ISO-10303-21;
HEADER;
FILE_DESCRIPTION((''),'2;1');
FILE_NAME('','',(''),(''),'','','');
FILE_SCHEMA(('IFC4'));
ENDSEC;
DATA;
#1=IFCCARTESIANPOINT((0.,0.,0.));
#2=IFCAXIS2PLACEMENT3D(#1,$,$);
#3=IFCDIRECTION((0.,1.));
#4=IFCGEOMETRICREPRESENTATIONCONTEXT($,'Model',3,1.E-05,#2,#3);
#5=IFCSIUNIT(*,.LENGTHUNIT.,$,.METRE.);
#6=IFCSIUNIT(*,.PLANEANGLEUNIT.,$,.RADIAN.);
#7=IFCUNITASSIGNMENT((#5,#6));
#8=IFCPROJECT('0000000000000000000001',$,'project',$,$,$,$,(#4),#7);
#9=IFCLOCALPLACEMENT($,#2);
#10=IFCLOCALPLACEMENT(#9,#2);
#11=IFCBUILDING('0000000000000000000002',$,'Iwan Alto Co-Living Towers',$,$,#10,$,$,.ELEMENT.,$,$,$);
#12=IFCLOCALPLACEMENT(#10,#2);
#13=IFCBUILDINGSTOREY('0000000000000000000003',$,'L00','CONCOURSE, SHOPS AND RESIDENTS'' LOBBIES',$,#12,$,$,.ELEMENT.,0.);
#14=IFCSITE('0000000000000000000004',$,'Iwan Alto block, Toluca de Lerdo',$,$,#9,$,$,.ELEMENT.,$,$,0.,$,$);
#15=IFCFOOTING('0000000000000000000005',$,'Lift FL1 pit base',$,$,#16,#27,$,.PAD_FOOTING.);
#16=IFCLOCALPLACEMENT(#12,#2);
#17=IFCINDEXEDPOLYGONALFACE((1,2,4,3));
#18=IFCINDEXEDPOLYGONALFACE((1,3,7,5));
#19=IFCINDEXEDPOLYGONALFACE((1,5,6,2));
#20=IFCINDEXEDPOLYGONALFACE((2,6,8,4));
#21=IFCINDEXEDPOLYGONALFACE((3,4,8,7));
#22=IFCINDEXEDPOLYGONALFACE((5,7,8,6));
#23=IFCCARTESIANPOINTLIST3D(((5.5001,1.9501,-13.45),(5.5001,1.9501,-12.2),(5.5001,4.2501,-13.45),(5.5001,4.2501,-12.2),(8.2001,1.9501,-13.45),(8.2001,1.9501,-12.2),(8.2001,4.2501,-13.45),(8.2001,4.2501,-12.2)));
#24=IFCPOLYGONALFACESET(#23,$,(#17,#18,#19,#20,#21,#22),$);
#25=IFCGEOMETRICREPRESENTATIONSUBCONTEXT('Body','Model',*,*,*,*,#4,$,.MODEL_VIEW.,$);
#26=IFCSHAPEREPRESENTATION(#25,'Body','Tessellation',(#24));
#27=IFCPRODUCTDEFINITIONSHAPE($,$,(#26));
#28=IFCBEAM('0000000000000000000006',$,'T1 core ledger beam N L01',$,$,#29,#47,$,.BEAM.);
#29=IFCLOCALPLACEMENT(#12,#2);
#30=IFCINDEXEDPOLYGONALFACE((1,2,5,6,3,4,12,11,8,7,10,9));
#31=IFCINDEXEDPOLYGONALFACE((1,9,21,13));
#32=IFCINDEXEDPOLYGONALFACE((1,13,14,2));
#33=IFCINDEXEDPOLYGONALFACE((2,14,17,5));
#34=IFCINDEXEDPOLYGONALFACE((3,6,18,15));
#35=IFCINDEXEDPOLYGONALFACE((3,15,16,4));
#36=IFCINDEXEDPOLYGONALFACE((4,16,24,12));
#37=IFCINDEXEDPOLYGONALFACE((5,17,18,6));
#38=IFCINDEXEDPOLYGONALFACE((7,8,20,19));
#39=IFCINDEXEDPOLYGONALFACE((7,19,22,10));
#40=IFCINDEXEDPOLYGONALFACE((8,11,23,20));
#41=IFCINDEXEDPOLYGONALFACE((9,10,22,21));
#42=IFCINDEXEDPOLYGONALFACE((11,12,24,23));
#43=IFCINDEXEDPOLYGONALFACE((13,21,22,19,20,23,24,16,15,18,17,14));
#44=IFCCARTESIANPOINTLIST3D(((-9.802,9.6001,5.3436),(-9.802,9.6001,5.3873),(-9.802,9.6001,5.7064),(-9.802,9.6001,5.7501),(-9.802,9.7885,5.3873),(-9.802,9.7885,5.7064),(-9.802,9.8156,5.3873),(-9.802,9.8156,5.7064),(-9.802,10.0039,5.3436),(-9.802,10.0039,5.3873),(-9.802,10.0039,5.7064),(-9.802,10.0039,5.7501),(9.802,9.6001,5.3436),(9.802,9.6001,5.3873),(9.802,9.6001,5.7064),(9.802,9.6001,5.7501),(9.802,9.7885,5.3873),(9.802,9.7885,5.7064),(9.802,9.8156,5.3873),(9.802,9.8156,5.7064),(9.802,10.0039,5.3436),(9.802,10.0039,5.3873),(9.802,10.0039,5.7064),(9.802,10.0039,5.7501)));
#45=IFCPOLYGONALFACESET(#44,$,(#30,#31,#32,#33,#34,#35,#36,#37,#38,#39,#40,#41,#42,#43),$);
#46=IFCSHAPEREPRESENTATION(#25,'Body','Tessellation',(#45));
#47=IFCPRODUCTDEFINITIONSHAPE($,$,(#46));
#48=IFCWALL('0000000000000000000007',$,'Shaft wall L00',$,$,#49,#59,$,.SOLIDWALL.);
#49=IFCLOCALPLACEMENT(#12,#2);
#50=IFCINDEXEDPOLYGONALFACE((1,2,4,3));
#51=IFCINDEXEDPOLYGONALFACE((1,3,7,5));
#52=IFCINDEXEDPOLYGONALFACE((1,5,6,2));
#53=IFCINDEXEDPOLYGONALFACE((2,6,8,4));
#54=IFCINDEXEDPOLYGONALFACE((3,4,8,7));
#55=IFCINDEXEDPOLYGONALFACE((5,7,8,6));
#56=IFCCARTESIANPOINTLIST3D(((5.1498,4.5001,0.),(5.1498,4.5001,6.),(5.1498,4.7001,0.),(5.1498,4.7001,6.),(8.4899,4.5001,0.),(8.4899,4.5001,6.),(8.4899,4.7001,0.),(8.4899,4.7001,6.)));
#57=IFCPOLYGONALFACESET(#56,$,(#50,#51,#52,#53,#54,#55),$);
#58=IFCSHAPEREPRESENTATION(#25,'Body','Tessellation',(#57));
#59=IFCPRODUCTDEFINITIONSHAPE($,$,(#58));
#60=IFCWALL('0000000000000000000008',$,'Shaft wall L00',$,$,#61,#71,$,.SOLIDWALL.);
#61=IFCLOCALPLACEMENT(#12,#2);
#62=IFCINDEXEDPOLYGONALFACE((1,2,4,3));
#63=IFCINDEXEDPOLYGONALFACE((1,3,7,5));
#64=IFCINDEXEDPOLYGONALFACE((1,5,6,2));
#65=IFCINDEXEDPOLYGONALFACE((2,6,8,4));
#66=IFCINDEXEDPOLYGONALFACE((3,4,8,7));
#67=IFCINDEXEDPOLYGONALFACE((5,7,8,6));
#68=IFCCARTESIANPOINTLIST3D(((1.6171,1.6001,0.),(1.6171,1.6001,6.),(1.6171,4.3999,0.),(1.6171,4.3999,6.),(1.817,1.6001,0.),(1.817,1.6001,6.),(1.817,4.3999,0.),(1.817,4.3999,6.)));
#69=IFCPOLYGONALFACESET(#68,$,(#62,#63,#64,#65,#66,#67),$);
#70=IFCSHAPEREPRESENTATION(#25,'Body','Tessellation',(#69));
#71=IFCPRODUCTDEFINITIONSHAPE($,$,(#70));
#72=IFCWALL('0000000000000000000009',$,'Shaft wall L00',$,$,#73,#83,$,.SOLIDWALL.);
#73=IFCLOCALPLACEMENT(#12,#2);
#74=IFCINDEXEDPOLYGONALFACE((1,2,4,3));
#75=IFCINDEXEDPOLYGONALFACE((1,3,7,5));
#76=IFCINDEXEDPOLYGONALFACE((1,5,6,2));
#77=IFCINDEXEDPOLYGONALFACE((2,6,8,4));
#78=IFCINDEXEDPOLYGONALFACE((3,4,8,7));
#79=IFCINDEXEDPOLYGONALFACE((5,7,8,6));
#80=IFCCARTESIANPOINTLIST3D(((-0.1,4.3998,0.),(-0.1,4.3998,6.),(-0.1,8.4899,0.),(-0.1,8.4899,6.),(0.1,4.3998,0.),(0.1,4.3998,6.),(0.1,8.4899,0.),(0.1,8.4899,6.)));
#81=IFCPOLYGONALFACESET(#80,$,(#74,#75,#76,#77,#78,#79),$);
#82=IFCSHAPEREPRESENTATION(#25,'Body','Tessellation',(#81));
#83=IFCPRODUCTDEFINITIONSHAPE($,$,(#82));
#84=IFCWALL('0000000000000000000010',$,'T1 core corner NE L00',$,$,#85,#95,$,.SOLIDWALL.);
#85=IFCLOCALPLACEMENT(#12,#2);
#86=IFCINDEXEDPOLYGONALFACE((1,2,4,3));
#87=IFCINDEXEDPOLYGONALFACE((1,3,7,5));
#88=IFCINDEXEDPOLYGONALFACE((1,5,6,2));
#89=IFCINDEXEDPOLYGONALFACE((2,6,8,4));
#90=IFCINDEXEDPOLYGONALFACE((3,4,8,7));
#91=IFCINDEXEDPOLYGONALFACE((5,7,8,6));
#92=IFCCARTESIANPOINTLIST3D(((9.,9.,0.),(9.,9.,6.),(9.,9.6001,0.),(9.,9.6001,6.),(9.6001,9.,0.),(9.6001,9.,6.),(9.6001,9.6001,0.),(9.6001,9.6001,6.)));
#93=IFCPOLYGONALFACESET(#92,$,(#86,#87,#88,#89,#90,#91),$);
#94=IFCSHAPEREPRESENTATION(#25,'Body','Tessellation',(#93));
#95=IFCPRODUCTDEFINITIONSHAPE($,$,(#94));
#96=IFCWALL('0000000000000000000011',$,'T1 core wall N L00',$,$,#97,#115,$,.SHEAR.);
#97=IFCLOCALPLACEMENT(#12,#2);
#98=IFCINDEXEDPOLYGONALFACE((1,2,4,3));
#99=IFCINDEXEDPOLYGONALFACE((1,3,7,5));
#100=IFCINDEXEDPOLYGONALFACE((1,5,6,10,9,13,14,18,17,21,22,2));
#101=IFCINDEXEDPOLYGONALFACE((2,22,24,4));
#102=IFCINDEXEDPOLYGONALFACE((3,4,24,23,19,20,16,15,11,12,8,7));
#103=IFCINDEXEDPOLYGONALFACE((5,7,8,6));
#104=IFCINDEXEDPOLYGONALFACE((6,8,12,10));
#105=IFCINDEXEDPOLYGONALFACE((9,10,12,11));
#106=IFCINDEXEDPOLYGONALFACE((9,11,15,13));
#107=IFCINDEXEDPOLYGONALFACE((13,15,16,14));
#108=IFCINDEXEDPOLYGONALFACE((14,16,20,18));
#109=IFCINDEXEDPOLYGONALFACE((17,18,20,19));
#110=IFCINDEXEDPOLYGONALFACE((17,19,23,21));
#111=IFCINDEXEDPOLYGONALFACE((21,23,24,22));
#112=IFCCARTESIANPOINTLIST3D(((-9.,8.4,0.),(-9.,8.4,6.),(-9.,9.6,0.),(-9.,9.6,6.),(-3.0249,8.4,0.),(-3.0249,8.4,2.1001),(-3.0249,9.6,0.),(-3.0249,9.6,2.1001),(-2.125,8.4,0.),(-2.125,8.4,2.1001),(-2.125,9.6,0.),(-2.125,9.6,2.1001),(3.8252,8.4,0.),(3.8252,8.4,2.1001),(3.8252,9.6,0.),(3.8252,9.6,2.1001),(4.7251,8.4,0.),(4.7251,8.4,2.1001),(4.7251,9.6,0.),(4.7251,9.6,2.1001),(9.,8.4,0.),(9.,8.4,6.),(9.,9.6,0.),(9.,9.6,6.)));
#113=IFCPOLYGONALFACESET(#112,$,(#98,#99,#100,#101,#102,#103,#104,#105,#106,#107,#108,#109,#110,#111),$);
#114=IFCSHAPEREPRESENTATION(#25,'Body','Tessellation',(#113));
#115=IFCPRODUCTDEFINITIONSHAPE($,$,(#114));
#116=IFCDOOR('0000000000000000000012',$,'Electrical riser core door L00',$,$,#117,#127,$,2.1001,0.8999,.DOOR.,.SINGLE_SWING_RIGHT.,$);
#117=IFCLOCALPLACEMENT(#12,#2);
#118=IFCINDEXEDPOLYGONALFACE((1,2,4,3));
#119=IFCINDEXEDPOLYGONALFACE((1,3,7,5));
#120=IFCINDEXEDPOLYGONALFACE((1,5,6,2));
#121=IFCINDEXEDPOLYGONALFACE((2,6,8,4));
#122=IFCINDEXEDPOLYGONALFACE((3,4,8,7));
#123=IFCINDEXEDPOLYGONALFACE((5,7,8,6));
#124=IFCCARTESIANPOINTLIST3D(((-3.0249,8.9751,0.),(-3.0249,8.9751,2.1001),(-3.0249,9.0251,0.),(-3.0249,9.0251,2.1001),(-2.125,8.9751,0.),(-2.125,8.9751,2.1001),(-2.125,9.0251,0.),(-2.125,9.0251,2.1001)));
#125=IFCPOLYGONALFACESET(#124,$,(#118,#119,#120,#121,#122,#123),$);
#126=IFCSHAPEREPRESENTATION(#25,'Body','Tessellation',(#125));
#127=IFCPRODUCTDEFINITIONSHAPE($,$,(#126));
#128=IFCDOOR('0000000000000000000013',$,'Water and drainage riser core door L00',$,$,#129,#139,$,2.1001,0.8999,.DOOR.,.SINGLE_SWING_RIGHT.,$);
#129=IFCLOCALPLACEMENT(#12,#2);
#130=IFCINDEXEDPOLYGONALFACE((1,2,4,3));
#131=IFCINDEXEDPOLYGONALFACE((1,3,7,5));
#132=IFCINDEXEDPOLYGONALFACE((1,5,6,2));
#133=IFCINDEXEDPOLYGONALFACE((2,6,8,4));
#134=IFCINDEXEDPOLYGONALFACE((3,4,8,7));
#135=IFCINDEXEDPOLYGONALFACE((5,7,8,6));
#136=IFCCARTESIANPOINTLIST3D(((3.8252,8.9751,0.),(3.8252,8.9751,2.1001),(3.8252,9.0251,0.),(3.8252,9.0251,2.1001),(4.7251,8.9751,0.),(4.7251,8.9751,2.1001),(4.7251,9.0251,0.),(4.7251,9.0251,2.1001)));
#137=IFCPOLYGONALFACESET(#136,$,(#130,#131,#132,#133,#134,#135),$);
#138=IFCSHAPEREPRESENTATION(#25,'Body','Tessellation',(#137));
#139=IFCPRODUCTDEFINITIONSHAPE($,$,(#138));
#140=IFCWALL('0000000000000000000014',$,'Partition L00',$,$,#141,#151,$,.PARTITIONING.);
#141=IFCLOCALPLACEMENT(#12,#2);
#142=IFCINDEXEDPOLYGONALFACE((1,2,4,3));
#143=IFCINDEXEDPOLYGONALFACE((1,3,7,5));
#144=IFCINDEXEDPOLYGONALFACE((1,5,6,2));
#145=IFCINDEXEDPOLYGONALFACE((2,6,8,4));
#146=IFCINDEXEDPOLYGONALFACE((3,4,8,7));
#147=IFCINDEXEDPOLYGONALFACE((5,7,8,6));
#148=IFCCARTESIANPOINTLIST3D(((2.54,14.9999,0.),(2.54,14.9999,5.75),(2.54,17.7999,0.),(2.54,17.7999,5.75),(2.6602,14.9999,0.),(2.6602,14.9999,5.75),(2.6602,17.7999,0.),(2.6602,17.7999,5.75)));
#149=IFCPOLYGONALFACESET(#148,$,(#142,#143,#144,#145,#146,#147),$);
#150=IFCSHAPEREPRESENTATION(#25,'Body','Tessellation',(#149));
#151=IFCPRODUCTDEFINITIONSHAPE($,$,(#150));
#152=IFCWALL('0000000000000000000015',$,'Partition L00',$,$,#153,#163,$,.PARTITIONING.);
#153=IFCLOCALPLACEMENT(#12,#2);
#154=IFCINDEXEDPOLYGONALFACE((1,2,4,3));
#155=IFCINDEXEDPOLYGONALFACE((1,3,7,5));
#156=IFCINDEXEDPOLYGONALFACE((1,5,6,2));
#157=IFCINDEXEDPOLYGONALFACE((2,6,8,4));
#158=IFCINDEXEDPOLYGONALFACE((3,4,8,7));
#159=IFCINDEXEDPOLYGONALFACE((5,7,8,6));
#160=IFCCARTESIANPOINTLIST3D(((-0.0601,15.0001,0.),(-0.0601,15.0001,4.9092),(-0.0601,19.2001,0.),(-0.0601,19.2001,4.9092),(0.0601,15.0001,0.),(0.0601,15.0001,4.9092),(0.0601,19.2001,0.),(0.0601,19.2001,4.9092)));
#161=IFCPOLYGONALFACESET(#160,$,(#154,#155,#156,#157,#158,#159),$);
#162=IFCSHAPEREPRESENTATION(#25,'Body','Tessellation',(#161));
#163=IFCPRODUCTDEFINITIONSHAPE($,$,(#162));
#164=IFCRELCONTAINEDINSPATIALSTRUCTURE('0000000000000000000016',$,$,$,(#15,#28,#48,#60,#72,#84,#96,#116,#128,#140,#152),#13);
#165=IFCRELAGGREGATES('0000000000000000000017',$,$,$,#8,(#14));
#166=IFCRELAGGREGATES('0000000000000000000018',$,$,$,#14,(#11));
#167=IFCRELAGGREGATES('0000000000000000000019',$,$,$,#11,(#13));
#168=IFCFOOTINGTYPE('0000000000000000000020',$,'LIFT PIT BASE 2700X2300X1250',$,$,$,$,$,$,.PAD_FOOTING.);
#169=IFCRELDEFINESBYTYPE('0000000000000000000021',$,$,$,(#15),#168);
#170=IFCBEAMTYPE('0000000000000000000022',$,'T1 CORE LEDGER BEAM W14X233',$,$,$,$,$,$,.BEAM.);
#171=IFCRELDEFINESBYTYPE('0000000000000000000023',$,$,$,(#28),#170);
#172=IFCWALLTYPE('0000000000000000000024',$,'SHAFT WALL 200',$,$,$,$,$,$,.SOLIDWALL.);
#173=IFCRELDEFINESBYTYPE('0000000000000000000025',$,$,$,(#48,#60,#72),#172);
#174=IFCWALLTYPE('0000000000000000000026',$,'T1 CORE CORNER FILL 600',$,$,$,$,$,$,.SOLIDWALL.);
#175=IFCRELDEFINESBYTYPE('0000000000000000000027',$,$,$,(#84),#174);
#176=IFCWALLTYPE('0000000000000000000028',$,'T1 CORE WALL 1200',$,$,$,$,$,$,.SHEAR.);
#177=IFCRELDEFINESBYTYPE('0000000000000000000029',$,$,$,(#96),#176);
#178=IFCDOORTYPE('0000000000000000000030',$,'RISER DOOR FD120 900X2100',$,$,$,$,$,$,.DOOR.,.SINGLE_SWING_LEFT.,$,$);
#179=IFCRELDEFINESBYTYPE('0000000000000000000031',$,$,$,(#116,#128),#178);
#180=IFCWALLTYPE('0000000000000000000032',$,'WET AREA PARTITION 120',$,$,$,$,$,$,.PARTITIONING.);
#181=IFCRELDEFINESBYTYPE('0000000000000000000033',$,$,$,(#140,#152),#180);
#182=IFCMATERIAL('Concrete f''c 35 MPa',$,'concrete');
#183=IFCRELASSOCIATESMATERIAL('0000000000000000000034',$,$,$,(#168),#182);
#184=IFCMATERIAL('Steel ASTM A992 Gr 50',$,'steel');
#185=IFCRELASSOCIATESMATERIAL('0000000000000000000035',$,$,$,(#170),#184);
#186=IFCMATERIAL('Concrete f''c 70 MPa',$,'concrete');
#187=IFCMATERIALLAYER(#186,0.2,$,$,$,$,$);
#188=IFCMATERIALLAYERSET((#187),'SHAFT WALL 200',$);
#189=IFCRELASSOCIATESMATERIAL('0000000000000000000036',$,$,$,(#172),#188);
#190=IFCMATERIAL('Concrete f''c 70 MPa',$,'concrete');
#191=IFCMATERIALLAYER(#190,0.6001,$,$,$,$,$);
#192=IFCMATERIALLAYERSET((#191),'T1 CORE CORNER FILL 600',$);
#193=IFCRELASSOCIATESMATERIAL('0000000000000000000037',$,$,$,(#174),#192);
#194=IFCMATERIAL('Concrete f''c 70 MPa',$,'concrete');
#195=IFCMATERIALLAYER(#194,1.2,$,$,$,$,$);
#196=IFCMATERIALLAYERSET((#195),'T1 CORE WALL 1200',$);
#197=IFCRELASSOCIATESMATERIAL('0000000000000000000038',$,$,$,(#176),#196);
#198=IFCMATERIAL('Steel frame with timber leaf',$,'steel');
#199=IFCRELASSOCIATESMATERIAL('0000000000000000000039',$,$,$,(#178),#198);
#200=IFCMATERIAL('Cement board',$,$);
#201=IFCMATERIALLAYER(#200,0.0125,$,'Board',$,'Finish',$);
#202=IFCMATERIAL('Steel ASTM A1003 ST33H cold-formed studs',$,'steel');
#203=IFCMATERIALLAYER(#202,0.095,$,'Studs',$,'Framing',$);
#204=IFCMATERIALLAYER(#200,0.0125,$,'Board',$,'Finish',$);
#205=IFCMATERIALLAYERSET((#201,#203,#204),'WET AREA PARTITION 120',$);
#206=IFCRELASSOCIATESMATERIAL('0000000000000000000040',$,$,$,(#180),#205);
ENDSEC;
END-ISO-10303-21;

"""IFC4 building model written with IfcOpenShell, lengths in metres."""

from ifc_helpers import new_model, si_unit, direction, frame, frame_2d, origin, origin_2d, place, context, subcontext, project, spatial, rectangle, i_section, extrude, material, layer, layer_set, material_profile, profile_set, type_object, element, fill, save


model = new_model("IFC4")

# Units and contexts
model_context = context("Model", 3, precision=1e-05, world=origin(), true_north=direction((0.0, 1.0)))
body_context = subcontext(model_context, "Body", "Model", "MODEL_VIEW")
ifc_project = project(units=[si_unit("LENGTHUNIT", "METRE"), si_unit("PLANEANGLEUNIT", "RADIAN")], contexts=[model_context])

# Site, building, storey
site_placement = place(None, origin())
site = spatial("IfcSite", under=ifc_project, at=site_placement, Name="Iwan Alto block, Toluca de Lerdo", CompositionType="ELEMENT", RefElevation=0.0)
building_placement = place(site_placement, origin())
building = spatial("IfcBuilding", under=site, at=building_placement, Name="Iwan Alto Co-Living Towers", CompositionType="ELEMENT")
storey_placement = place(building_placement, origin())
storey = spatial("IfcBuildingStorey", under=building, at=storey_placement, Name="L00", Description="CONCOURSE, SHOPS AND RESIDENTS' LOBBIES", CompositionType="ELEMENT", Elevation=0.0)

# Footing
ifc_material_1 = material(Name="Concrete f'c 35 MPa", Category="concrete")
footing_type = type_object("IfcFootingType", Name="LIFT PIT BASE 2700X2300X1250", PredefinedType="PAD_FOOTING", material=ifc_material_1)
footing_placement = place(storey_placement, frame((6.8501, 3.1001, -13.45), z_axis=(0.0, 0.0, 1.0), x_axis=(1.0, 0.0, 0.0)))
element("IfcFooting", 1, at=footing_placement, inside=storey, type_object=footing_type, Name="Lift FL1 pit base", PredefinedType="PAD_FOOTING", context=body_context, shape_type="SweptSolid", body=[
    extrude(rectangle(XDim=2.7, YDim=2.3, at=origin_2d()), origin(), (0.0, 0.0, 1.0), 1.25),
])

# Beam
ifc_material_2 = material(Name="Steel ASTM A992 Gr 50", Category="steel")
ifc_material_profile_1 = material_profile(ifc_material_2, i_section(OverallWidth=0.4038, OverallDepth=0.4065, WebThickness=0.0271, FlangeThickness=0.0437, at=origin_2d()), Name="W14X233")
ifc_profile_set_1 = profile_set([ifc_material_profile_1], Name="Steel ASTM A992 Gr 50")
beam_type = type_object("IfcBeamType", Name="T1 CORE LEDGER BEAM W14X233", PredefinedType="BEAM", material=ifc_profile_set_1)
beam_placement = place(storey_placement, frame((9.802, 9.802, 5.5469), z_axis=(-1.0, 0.0, 0.0), x_axis=(0.0, -1.0, 0.0)))
element("IfcBeam", 2, at=beam_placement, inside=storey, type_object=beam_type, Name="T1 core ledger beam N L01", PredefinedType="BEAM", context=body_context, shape_type="SweptSolid", body=[
    extrude(i_section(OverallWidth=0.4038, OverallDepth=0.4065, WebThickness=0.0271, FlangeThickness=0.0437, at=origin_2d()), origin(), (0.0, 0.0, 1.0), 19.604),
])

# Walls
ifc_material_3 = material(Name="Concrete f'c 70 MPa", Category="concrete")
ifc_layer_1 = layer(ifc_material_3, 0.2)
ifc_layer_set_1 = layer_set([ifc_layer_1], Name="SHAFT WALL 200")
wall_type_1 = type_object("IfcWallType", Name="SHAFT WALL 200", PredefinedType="SOLIDWALL", material=ifc_layer_set_1)
wall_1_placement = place(storey_placement, frame((5.1499, 4.6001, 0.0), z_axis=(0.0, 0.0, 1.0), x_axis=(1.0, 0.0, 0.0)))
element("IfcWall", 3, at=wall_1_placement, inside=storey, type_object=wall_type_1, Name="Shaft wall L00", PredefinedType="SOLIDWALL", context=body_context, shape_type="SweptSolid", body=[
    extrude(rectangle(XDim=3.3401, YDim=0.2, at=frame_2d((1.6699, 0.0))), origin(), (0.0, 0.0, 1.0), 6.0),
])
wall_2_placement = place(storey_placement, frame((1.717, 1.6001, 0.0), z_axis=(0.0, 0.0, 1.0), x_axis=(0.0, 1.0, 0.0)))
element("IfcWall", 4, at=wall_2_placement, inside=storey, type_object=wall_type_1, Name="Shaft wall L00", PredefinedType="SOLIDWALL", context=body_context, shape_type="SweptSolid", body=[
    extrude(rectangle(XDim=2.7998, YDim=0.2, at=frame_2d((1.3999, 0.0))), origin(), (0.0, 0.0, 1.0), 6.0),
])
wall_3_placement = place(storey_placement, frame((0.0, 4.3999, 0.0), z_axis=(0.0, 0.0, 1.0), x_axis=(0.0, 1.0, 0.0)))
element("IfcWall", 5, at=wall_3_placement, inside=storey, type_object=wall_type_1, Name="Shaft wall L00", PredefinedType="SOLIDWALL", context=body_context, shape_type="SweptSolid", body=[
    extrude(rectangle(XDim=4.0901, YDim=0.2, at=frame_2d((2.0449, 0.0))), origin(), (0.0, 0.0, 1.0), 6.0),
])
ifc_material_4 = material(Name="Concrete f'c 70 MPa", Category="concrete")
ifc_layer_2 = layer(ifc_material_4, 0.6001)
ifc_layer_set_2 = layer_set([ifc_layer_2], Name="T1 CORE CORNER FILL 600")
wall_type_2 = type_object("IfcWallType", Name="T1 CORE CORNER FILL 600", PredefinedType="SOLIDWALL", material=ifc_layer_set_2)
wall_4_placement = place(storey_placement, frame((9.0, 9.3, 0.0), z_axis=(0.0, 0.0, 1.0), x_axis=(1.0, 0.0, 0.0)))
element("IfcWall", 6, at=wall_4_placement, inside=storey, type_object=wall_type_2, Name="T1 core corner NE L00", PredefinedType="SOLIDWALL", context=body_context, shape_type="SweptSolid", body=[
    extrude(rectangle(XDim=0.6001, YDim=0.6001, at=frame_2d((0.3, 0.0))), origin(), (0.0, 0.0, 1.0), 6.0),
])

# Wall, openings, doors
ifc_material_5 = material(Name="Concrete f'c 70 MPa", Category="concrete")
ifc_layer_3 = layer(ifc_material_5, 1.2)
ifc_layer_set_3 = layer_set([ifc_layer_3], Name="T1 CORE WALL 1200")
wall_type_3 = type_object("IfcWallType", Name="T1 CORE WALL 1200", PredefinedType="SHEAR", material=ifc_layer_set_3)
wall_5_placement = place(storey_placement, frame((9.0, 9.0, 0.0), z_axis=(0.0, 0.0, 1.0), x_axis=(-1.0, 0.0, 0.0)))
wall_5 = element("IfcWall", 7, at=wall_5_placement, inside=storey, type_object=wall_type_3, Name="T1 core wall N L00", PredefinedType="SHEAR", context=body_context, shape_type="SweptSolid", body=[
    extrude(rectangle(XDim=18.0, YDim=1.2, at=frame_2d((9.0, 0.0))), origin(), (0.0, 0.0, 1.0), 6.0),
])
opening_1_placement = place(wall_5_placement, frame((11.125, 0.0, 0.0)))
opening_1 = element("IfcOpeningElement", 8, at=opening_1_placement, cuts=wall_5, PredefinedType="OPENING", context=body_context, shape_type="SweptSolid", body=[
    extrude(rectangle(XDim=0.8999, YDim=2.1001, at=frame_2d((0.45, 1.05))), frame((0.0, 0.6099, 0.0), z_axis=(0.0, -1.0, 0.0), x_axis=(1.0, 0.0, 0.0)), (0.0, 0.0, 1.0), 1.22),
])
opening_2_placement = place(wall_5_placement, frame((4.2749, 0.0, 0.0)))
opening_2 = element("IfcOpeningElement", 9, at=opening_2_placement, cuts=wall_5, PredefinedType="OPENING", context=body_context, shape_type="SweptSolid", body=[
    extrude(rectangle(XDim=0.8999, YDim=2.1001, at=frame_2d((0.45, 1.05))), frame((0.0, 0.6099, 0.0), z_axis=(0.0, -1.0, 0.0), x_axis=(1.0, 0.0, 0.0)), (0.0, 0.0, 1.0), 1.22),
])
ifc_material_6 = material(Name="Steel frame with timber leaf", Category="steel")
door_type = type_object("IfcDoorType", Name="RISER DOOR FD120 900X2100", OperationType="SINGLE_SWING_LEFT", PredefinedType="DOOR", material=ifc_material_6)
door_1_placement = place(opening_1_placement, origin())
door_1 = element("IfcDoor", 10, at=door_1_placement, inside=storey, type_object=door_type, Name="Electrical riser core door L00", OperationType="SINGLE_SWING_RIGHT", OverallHeight=2.1001, OverallWidth=0.8999, PredefinedType="DOOR", context=body_context, shape_type="SweptSolid", body=[
    extrude(rectangle(XDim=0.8999, YDim=2.1001, at=frame_2d((0.45, 1.05))), frame((0.0, 0.0249, 0.0), z_axis=(0.0, -1.0, 0.0), x_axis=(1.0, 0.0, 0.0)), (0.0, 0.0, 1.0), 0.05),
])
fill(opening_1, door_1)
door_2_placement = place(opening_2_placement, origin())
door_2 = element("IfcDoor", 11, at=door_2_placement, inside=storey, type_object=door_type, Name="Water and drainage riser core door L00", OperationType="SINGLE_SWING_RIGHT", OverallHeight=2.1001, OverallWidth=0.8999, PredefinedType="DOOR", context=body_context, shape_type="SweptSolid", body=[
    extrude(rectangle(XDim=0.8999, YDim=2.1001, at=frame_2d((0.45, 1.05))), frame((0.0, 0.0249, 0.0), z_axis=(0.0, -1.0, 0.0), x_axis=(1.0, 0.0, 0.0)), (0.0, 0.0, 1.0), 0.05),
])
fill(opening_2, door_2)

# Walls
ifc_material_7 = material(Name="Cement board")
ifc_layer_4 = layer(ifc_material_7, 0.0125, Name="Board", Category="Finish")
ifc_material_8 = material(Name="Steel ASTM A1003 ST33H cold-formed studs", Category="steel")
ifc_layer_5 = layer(ifc_material_8, 0.095, Name="Studs", Category="Framing")
ifc_layer_6 = layer(ifc_material_7, 0.0125, Name="Board", Category="Finish")
ifc_layer_set_4 = layer_set([ifc_layer_4, ifc_layer_5, ifc_layer_6], Name="WET AREA PARTITION 120")
wall_type_4 = type_object("IfcWallType", Name="WET AREA PARTITION 120", PredefinedType="PARTITIONING", material=ifc_layer_set_4)
wall_6_placement = place(storey_placement, frame((2.6001, 15.0, 0.0), z_axis=(0.0, 0.0, 1.0), x_axis=(0.0, 1.0, 0.0)))
element("IfcWall", 12, at=wall_6_placement, inside=storey, type_object=wall_type_4, Name="Partition L00", PredefinedType="PARTITIONING", context=body_context, shape_type="SweptSolid", body=[
    extrude(rectangle(XDim=2.8, YDim=0.1201, at=frame_2d((1.3999, 0.0))), origin(), (0.0, 0.0, 1.0), 5.75),
])
wall_7_placement = place(storey_placement, frame((0.0, 15.0, 0.0), z_axis=(0.0, 0.0, 1.0), x_axis=(0.0, 1.0, 0.0)))
element("IfcWall", 13, at=wall_7_placement, inside=storey, type_object=wall_type_4, Name="Partition L00", PredefinedType="PARTITIONING", context=body_context, shape_type="SweptSolid", body=[
    extrude(rectangle(XDim=4.2, YDim=0.1201, at=frame_2d((2.1001, 0.0))), origin(), (0.0, 0.0, 1.0), 4.9092),
])

save(model, "model.ifc")
